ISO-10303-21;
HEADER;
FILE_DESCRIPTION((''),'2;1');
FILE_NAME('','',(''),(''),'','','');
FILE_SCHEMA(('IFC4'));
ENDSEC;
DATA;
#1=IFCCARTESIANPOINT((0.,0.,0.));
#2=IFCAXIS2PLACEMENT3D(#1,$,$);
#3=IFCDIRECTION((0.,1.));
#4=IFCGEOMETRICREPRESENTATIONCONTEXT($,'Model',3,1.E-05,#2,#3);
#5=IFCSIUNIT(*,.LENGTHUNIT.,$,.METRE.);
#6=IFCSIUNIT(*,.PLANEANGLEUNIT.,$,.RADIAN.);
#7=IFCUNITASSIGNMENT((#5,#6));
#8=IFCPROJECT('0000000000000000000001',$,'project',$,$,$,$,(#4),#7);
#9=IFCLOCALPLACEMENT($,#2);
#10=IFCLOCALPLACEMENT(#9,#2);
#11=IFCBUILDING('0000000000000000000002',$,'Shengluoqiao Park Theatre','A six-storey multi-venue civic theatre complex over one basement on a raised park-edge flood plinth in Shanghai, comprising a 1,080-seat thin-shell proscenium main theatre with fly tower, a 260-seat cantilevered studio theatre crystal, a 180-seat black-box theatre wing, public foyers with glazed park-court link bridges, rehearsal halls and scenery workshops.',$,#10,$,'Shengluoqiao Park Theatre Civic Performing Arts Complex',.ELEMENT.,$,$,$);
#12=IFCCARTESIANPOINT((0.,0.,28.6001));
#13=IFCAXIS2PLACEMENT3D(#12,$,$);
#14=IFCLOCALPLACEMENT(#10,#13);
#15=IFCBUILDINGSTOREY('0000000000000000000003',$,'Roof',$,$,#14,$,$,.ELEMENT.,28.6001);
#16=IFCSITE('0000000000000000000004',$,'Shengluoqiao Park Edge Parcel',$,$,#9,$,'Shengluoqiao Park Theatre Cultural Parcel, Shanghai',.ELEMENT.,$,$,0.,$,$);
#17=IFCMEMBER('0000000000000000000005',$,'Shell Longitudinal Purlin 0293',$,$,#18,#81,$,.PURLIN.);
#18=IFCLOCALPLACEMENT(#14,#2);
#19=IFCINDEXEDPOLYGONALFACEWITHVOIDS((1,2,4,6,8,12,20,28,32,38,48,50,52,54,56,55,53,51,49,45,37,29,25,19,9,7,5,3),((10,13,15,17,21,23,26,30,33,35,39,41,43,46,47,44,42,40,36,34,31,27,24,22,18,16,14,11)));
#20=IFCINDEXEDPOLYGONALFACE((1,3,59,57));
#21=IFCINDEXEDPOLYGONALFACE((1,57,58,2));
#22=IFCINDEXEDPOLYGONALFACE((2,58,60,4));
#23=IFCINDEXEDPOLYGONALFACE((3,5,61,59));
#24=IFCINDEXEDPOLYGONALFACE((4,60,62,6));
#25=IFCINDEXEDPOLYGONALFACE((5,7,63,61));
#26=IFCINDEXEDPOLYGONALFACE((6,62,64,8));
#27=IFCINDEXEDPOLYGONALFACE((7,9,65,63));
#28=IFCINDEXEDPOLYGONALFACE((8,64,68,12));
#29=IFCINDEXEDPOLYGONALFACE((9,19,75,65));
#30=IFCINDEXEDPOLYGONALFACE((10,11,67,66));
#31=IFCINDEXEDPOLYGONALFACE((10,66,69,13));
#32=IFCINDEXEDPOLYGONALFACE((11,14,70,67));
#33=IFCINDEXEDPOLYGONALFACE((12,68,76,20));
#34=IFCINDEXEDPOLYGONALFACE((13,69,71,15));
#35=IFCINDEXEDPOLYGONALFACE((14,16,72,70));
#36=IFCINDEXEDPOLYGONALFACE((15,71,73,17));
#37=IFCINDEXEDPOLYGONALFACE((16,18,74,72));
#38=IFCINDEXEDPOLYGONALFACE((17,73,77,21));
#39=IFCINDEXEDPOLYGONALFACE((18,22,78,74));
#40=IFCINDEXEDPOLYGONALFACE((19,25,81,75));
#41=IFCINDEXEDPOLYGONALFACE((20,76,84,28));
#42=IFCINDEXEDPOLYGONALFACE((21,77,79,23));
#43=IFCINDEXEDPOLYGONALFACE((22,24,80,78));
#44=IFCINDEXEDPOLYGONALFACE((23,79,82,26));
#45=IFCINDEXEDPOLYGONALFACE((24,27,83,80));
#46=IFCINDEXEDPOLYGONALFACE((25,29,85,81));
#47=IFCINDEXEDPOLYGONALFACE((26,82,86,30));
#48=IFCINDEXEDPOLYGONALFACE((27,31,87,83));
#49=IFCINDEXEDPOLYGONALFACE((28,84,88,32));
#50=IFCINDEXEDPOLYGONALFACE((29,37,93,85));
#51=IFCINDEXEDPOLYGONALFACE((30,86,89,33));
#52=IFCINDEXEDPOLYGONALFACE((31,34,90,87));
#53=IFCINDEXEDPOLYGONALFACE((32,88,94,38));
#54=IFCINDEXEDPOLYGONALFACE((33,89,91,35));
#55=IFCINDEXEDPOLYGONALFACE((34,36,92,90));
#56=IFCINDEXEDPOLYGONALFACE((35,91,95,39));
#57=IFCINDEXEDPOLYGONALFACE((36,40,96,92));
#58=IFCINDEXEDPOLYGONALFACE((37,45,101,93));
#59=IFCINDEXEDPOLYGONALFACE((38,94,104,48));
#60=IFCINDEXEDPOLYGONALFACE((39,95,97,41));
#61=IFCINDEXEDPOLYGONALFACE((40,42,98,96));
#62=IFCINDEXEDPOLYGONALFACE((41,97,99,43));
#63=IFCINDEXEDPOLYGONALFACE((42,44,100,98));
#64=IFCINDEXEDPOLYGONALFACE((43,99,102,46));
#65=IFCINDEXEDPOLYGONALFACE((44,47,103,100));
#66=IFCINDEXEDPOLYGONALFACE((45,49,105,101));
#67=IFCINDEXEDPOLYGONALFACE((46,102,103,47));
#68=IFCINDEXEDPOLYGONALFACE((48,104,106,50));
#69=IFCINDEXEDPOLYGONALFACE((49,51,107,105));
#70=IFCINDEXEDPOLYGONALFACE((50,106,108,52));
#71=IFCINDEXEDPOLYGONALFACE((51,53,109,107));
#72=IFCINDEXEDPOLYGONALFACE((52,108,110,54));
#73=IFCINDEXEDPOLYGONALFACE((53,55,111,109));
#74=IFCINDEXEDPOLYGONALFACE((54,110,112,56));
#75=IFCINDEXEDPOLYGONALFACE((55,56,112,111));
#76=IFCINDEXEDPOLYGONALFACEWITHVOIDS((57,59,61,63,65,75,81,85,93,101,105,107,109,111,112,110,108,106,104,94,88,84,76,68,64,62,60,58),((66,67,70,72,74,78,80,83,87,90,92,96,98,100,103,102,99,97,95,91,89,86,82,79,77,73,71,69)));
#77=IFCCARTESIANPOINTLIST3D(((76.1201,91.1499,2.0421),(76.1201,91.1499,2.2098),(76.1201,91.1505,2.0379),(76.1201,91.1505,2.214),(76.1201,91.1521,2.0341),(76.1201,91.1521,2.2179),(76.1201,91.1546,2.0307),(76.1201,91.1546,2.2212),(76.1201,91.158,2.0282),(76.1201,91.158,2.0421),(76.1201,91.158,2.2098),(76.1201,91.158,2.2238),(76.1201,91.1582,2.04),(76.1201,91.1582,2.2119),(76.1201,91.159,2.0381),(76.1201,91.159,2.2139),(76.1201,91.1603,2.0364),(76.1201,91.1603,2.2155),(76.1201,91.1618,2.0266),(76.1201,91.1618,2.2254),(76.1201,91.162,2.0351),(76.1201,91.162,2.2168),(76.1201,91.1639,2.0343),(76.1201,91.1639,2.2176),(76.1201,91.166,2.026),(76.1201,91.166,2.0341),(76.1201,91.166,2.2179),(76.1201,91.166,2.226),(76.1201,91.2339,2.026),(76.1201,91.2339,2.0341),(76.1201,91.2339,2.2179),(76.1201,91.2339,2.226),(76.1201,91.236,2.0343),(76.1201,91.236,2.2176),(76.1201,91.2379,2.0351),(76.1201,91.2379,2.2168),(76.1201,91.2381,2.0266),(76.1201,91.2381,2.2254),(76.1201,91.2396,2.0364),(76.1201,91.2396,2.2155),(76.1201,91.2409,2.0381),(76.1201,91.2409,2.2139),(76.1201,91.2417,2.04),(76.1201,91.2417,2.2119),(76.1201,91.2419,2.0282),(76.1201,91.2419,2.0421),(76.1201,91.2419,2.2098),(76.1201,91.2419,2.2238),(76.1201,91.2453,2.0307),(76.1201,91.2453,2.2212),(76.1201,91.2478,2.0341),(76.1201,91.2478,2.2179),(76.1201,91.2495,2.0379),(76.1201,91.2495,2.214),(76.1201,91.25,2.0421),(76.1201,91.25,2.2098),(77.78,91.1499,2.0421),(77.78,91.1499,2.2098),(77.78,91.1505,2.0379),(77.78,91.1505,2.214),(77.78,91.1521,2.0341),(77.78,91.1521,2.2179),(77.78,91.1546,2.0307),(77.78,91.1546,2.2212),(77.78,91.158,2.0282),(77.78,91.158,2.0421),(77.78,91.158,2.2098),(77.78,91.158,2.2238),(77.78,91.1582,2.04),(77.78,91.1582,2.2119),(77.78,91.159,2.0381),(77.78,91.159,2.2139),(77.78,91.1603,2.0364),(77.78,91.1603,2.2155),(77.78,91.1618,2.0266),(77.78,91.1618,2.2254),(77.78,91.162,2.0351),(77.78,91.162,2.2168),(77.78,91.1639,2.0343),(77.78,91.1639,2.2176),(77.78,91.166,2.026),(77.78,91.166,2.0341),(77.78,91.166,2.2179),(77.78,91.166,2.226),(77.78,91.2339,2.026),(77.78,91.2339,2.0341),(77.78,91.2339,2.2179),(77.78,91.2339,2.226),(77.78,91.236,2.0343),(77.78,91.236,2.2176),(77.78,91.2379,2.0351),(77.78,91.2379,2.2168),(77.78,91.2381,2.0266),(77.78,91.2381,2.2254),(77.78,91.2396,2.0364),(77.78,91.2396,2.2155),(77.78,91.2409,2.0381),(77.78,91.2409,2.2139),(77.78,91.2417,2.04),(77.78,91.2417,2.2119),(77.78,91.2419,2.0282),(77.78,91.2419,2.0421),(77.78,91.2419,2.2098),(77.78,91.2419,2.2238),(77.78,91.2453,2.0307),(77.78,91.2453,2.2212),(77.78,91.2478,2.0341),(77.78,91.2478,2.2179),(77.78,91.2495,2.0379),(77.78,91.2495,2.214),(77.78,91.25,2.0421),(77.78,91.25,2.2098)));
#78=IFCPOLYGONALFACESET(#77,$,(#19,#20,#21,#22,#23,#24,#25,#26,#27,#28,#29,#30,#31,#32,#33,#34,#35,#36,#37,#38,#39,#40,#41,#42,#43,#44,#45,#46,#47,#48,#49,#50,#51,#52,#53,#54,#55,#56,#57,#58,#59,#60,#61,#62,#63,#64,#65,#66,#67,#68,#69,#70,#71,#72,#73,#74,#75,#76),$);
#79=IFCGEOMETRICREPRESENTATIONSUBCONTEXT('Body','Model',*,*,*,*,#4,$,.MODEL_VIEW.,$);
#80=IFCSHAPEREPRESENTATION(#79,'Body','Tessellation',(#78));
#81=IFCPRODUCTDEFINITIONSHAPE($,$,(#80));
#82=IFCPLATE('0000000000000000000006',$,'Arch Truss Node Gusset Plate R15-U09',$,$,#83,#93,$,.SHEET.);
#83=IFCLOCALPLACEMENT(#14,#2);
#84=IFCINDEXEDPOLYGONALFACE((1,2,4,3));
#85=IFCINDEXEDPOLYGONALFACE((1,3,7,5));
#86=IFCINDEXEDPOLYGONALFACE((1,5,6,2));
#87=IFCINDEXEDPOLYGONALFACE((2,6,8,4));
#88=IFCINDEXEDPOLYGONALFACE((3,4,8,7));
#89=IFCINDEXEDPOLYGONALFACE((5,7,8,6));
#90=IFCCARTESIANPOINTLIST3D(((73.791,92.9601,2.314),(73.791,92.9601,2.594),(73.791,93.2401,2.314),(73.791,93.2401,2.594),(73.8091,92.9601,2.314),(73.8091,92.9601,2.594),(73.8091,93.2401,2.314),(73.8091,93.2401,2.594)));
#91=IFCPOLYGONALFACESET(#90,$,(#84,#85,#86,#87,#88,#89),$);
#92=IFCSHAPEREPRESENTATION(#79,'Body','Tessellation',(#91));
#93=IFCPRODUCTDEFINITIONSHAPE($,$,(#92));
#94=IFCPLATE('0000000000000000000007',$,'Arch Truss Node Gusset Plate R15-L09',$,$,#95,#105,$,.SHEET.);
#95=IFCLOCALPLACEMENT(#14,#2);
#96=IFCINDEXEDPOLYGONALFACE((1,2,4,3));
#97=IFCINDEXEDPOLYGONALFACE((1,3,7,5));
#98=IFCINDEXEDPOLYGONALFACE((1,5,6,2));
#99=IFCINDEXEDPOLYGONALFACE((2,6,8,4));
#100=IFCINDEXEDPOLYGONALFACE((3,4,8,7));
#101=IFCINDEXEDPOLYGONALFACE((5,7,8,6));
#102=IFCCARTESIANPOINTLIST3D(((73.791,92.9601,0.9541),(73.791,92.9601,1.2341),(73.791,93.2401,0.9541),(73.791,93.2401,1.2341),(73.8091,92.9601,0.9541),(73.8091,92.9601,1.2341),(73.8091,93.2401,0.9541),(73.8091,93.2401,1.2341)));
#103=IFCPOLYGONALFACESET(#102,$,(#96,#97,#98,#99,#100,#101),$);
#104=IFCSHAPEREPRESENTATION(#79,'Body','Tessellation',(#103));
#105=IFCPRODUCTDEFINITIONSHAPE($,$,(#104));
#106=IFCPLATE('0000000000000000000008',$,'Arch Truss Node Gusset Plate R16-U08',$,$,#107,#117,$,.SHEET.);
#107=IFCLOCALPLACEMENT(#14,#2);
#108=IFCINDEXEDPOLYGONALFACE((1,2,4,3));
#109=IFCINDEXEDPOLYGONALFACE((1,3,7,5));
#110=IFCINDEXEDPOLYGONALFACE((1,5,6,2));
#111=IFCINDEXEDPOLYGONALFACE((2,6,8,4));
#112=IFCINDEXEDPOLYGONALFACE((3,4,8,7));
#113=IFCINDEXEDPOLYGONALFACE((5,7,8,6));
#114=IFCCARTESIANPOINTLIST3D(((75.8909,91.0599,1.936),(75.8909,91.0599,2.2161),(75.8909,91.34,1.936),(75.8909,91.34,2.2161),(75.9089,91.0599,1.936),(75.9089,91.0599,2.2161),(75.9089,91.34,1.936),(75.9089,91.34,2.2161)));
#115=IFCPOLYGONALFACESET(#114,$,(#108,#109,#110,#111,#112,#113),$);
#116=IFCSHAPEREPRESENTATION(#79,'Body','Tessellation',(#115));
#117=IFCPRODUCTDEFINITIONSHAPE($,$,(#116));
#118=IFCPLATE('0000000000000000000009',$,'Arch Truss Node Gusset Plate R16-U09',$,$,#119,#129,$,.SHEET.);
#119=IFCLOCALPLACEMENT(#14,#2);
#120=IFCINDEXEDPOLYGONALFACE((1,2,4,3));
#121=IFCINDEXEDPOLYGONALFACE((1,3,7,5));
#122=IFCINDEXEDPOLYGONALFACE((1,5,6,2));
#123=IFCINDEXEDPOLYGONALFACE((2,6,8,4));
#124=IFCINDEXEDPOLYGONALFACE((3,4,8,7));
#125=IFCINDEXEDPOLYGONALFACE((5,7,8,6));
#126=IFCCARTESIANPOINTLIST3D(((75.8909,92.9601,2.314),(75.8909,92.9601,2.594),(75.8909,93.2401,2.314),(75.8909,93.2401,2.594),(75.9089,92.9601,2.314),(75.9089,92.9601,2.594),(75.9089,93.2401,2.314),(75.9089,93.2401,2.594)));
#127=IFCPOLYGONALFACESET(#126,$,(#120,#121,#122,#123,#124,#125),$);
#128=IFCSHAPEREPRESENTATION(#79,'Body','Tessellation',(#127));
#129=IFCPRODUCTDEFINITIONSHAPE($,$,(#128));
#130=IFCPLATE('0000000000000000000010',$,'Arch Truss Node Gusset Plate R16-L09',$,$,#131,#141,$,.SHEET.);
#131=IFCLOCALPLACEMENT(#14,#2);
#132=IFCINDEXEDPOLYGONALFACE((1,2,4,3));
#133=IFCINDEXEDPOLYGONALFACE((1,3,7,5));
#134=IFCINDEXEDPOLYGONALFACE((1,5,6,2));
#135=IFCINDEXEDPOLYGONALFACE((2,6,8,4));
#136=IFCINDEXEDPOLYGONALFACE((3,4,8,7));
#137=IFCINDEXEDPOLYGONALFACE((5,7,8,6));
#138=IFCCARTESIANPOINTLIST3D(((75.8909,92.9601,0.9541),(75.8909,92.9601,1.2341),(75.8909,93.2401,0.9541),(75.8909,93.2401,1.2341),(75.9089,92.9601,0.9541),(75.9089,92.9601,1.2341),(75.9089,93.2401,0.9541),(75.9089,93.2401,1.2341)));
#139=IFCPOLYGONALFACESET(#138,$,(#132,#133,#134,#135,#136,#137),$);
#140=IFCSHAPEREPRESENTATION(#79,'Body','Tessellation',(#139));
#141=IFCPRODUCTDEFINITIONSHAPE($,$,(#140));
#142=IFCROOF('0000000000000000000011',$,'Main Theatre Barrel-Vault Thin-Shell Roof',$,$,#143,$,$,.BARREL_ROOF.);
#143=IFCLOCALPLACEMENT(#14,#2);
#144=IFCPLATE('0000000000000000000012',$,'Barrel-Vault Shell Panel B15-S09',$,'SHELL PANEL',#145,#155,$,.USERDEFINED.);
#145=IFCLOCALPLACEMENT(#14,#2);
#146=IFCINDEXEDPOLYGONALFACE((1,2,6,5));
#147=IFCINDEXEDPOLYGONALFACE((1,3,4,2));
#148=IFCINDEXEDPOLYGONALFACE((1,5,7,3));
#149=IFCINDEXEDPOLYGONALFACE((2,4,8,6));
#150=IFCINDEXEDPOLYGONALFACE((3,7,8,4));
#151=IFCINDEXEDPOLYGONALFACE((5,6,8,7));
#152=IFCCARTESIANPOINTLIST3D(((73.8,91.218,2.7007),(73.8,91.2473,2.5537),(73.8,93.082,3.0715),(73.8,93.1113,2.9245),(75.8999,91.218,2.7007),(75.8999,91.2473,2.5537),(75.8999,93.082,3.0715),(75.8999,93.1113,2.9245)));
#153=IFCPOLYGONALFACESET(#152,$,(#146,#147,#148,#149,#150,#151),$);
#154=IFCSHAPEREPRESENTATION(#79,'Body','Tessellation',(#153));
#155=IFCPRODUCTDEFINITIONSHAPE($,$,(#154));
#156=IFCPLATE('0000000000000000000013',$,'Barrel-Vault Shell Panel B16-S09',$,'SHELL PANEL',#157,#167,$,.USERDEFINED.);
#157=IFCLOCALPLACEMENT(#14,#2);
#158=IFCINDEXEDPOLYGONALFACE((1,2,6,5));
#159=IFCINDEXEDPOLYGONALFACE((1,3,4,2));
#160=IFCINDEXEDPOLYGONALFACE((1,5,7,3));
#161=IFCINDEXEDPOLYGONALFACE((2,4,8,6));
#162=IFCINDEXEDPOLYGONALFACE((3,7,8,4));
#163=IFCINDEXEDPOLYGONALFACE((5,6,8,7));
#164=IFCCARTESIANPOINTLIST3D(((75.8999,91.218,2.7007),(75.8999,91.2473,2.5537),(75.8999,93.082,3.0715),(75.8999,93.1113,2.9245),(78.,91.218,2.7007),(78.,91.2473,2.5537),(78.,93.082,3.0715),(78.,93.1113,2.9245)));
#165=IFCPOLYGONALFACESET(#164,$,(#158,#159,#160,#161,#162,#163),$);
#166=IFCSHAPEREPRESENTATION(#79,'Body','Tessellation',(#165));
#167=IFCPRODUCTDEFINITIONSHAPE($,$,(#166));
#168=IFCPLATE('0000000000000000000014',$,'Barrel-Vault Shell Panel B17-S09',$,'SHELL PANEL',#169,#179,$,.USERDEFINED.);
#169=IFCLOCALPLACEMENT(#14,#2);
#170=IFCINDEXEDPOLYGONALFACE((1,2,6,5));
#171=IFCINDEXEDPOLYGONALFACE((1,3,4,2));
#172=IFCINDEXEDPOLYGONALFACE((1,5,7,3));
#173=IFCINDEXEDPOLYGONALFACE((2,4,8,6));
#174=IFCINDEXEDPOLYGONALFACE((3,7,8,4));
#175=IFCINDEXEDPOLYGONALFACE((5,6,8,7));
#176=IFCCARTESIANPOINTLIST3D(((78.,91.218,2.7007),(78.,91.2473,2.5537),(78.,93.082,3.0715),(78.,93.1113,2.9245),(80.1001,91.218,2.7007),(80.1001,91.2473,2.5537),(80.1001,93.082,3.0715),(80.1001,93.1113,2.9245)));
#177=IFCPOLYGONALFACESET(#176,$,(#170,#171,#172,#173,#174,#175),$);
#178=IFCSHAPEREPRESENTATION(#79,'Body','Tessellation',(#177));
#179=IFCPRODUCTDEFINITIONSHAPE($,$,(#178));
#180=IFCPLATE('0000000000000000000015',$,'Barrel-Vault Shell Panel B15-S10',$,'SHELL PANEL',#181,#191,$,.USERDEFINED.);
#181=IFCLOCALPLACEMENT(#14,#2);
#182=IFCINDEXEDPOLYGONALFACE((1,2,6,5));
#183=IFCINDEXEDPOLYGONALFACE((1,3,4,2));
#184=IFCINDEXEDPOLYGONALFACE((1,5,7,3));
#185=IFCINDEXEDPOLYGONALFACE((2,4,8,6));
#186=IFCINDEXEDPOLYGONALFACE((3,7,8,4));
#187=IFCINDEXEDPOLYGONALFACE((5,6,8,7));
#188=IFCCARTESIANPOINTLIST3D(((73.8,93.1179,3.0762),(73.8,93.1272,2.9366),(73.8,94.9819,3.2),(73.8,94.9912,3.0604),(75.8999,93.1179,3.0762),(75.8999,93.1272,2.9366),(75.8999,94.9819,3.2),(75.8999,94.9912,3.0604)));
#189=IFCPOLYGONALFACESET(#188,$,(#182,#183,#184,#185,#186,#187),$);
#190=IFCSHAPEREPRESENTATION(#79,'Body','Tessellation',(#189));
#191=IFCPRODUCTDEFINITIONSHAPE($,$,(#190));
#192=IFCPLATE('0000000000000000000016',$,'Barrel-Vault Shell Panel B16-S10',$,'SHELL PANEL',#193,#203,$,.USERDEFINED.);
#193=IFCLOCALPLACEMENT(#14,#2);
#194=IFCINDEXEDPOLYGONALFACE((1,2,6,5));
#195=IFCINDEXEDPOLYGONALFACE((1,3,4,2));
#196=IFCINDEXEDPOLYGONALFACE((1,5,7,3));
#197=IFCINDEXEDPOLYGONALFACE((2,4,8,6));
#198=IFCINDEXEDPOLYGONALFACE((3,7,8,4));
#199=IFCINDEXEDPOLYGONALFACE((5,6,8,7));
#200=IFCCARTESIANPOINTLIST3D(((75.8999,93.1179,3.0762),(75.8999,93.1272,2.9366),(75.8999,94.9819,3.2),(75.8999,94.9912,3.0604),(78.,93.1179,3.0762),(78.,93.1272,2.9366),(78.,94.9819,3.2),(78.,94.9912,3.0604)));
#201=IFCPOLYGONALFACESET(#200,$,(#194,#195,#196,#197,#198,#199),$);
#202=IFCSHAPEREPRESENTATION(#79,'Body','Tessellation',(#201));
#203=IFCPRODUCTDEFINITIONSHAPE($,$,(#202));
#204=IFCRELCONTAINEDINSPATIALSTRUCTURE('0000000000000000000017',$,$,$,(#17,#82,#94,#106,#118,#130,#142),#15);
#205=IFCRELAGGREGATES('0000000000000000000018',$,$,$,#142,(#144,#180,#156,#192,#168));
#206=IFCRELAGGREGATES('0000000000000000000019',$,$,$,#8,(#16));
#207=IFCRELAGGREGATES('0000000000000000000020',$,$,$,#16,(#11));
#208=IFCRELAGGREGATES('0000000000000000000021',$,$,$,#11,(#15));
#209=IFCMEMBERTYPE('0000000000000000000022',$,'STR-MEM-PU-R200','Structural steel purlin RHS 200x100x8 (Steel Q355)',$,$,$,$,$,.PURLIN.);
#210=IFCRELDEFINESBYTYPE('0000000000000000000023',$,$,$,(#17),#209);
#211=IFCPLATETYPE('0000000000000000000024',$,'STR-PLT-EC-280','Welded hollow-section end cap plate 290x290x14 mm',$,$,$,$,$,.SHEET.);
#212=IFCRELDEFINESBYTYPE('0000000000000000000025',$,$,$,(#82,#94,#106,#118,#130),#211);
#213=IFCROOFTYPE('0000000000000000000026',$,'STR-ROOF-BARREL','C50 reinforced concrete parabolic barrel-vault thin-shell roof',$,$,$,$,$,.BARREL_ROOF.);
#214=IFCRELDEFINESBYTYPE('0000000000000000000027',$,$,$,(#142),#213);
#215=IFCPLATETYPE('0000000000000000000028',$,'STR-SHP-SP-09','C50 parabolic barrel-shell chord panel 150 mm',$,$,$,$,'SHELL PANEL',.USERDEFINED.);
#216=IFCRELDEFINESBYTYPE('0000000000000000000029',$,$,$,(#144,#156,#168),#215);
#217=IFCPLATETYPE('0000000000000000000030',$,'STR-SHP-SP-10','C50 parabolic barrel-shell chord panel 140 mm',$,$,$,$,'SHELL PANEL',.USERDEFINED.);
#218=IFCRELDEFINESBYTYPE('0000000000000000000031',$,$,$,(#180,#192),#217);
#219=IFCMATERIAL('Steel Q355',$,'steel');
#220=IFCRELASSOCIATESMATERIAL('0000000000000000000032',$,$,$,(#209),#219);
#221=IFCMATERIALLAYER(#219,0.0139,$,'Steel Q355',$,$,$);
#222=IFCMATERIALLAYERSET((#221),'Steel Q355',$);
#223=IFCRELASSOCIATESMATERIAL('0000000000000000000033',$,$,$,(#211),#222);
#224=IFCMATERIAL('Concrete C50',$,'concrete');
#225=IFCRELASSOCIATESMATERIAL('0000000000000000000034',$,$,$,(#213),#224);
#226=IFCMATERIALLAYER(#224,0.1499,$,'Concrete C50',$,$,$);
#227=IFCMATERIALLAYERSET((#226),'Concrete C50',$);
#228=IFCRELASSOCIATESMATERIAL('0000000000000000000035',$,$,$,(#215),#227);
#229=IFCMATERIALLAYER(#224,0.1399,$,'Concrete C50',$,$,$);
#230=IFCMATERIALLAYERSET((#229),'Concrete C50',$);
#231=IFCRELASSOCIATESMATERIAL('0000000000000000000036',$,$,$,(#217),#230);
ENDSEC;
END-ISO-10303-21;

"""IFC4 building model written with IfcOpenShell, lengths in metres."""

from ifc_helpers import new_model, si_unit, direction, frame, origin, origin_2d, place, context, subcontext, project, spatial, polyline, rectangle, hollow_rectangle, outline, extrude, material, layer, layer_set, material_profile, profile_set, type_object, element, aggregate, save


model = new_model("IFC4")

# Units and contexts
model_context = context("Model", 3, precision=1e-05, world=origin(), true_north=direction((0.0, 1.0)))
body_context = subcontext(model_context, "Body", "Model", "MODEL_VIEW")
ifc_project = project(units=[si_unit("LENGTHUNIT", "METRE"), si_unit("PLANEANGLEUNIT", "RADIAN")], contexts=[model_context])

# Site, building, storey
site_placement = place(None, origin())
site = spatial("IfcSite", under=ifc_project, at=site_placement, Name="Shengluoqiao Park Edge Parcel", LongName="Shengluoqiao Park Theatre Cultural Parcel, Shanghai", CompositionType="ELEMENT", RefElevation=0.0)
building_placement = place(site_placement, origin())
building = spatial("IfcBuilding", under=site, at=building_placement, Name="Shengluoqiao Park Theatre", Description="A six-storey multi-venue civic theatre complex over one basement on a raised park-edge flood plinth in Shanghai, comprising a 1,080-seat thin-shell proscenium main theatre with fly tower, a 260-seat cantilevered studio theatre crystal, a 180-seat black-box theatre wing, public foyers with glazed park-court link bridges, rehearsal halls and scenery workshops.", LongName="Shengluoqiao Park Theatre Civic Performing Arts Complex", CompositionType="ELEMENT")
storey_placement = place(building_placement, frame((0.0, 0.0, 28.6001)))
storey = spatial("IfcBuildingStorey", under=building, at=storey_placement, Name="Roof", CompositionType="ELEMENT", Elevation=28.6001)

# Shared definitions
ifc_material_1 = material(Name="Concrete C50", Category="concrete")
ifc_material_2 = material(Name="Steel Q355", Category="steel")

# Member
ifc_material_profile_1 = material_profile(ifc_material_2, hollow_rectangle(XDim=0.1001, YDim=0.2, WallThickness=0.0081, InnerFilletRadius=0.0081, OuterFilletRadius=0.0161, at=origin_2d()), Name="RHS 200x100x8")
ifc_profile_set_1 = profile_set([ifc_material_profile_1], Name="Steel Q355")
member_type_1 = type_object("IfcMemberType", Name="STR-MEM-PU-R200", Description="Structural steel purlin RHS 200x100x8 (Steel Q355)", PredefinedType="PURLIN", material=ifc_profile_set_1)
member_1_placement = place(storey_placement, frame((76.1201, 91.2, 2.126), z_axis=(1.0, 0.0, 0.0), x_axis=(0.0, 1.0, 0.0)))
element("IfcMember", 1, at=member_1_placement, inside=storey, type_object=member_type_1, Name="Shell Longitudinal Purlin 0293", PredefinedType="PURLIN", context=body_context, shape_type="SweptSolid", body=[
    extrude(hollow_rectangle(XDim=0.1001, YDim=0.2, WallThickness=0.0081, InnerFilletRadius=0.0081, OuterFilletRadius=0.0161, at=origin_2d()), origin(), (0.0, 0.0, 1.0), 1.6599),
])

# Plates
ifc_layer_1 = layer(ifc_material_2, 0.0139, Name="Steel Q355")
ifc_layer_set_1 = layer_set([ifc_layer_1], Name="Steel Q355")
plate_type_1 = type_object("IfcPlateType", Name="STR-PLT-EC-280", Description="Welded hollow-section end cap plate 290x290x14 mm", PredefinedType="SHEET", material=ifc_layer_set_1)
for number, where, z_axis, x_axis, name in (
    (2, (73.8, 93.1001, 2.314), (0.0, 0.0, 1.0), (1.0, 0.0, 0.0), "Arch Truss Node Gusset Plate R15-U09"),
    (3, (73.8, 93.1001, 0.9541), (0.0, 0.0, 1.0), (1.0, 0.0, 0.0), "Arch Truss Node Gusset Plate R15-L09"),
    (4, (75.8999, 91.2, 1.936), (0.0, 0.0, 1.0), (1.0, 0.0, 0.0), "Arch Truss Node Gusset Plate R16-U08"),
    (5, (75.8999, 93.1001, 2.314), (0.0, 0.0, 1.0), (1.0, 0.0, 0.0), "Arch Truss Node Gusset Plate R16-U09"),
    (6, (75.8999, 93.1001, 0.9541), (0.0, 0.0, 1.0), (1.0, 0.0, 0.0), "Arch Truss Node Gusset Plate R16-L09"),
):
    element("IfcPlate", number, at=place(storey_placement, frame(where, z_axis=z_axis, x_axis=x_axis)), inside=storey, type_object=plate_type_1, Name=name, PredefinedType="SHEET", context=body_context, shape_type="SweptSolid", body=[
        extrude(rectangle(XDim=0.0181, YDim=0.28, at=origin_2d()), origin(), (0.0, 0.0, 1.0), 0.28),
    ])

# Roof, plates
roof_type = type_object("IfcRoofType", Name="STR-ROOF-BARREL", Description="C50 reinforced concrete parabolic barrel-vault thin-shell roof", PredefinedType="BARREL_ROOF", material=ifc_material_1)
roof_placement = place(storey_placement, origin())
roof = element("IfcRoof", 7, at=roof_placement, inside=storey, type_object=roof_type, Name="Main Theatre Barrel-Vault Thin-Shell Roof", PredefinedType="BARREL_ROOF")
ifc_layer_2 = layer(ifc_material_1, 0.1499, Name="Concrete C50")
ifc_layer_set_2 = layer_set([ifc_layer_2], Name="Concrete C50")
plate_type_2 = type_object("IfcPlateType", Name="STR-SHP-SP-09", Description="C50 parabolic barrel-shell chord panel 150 mm", ElementType="SHELL PANEL", PredefinedType="USERDEFINED", material=ifc_layer_set_2)
plate_1_placement = place(storey_placement, frame((73.8, 91.218, 2.7007), z_axis=(0.0, -0.195128, 0.980778), x_axis=(1.0, 0.0, 0.0)))
plate_1 = element("IfcPlate", 8, at=plate_1_placement, type_object=plate_type_2, Name="Barrel-Vault Shell Panel B15-S09", ObjectType="SHELL PANEL", PredefinedType="USERDEFINED", context=body_context, shape_type="SweptSolid", body=[
    extrude(outline(polyline([(0.0, 0.0), (2.0999, 0.0), (2.0999, 1.9005), (0.0, 1.9005), (0.0, 0.0)])), origin(), (0.0, 0.0, -1.0), 0.1499),
])
plate_2_placement = place(storey_placement, frame((75.8999, 91.218, 2.7007), z_axis=(0.0, -0.195128, 0.980778), x_axis=(1.0, 0.0, 0.0)))
plate_2 = element("IfcPlate", 9, at=plate_2_placement, type_object=plate_type_2, Name="Barrel-Vault Shell Panel B16-S09", ObjectType="SHELL PANEL", PredefinedType="USERDEFINED", context=body_context, shape_type="SweptSolid", body=[
    extrude(outline(polyline([(0.0, 0.0), (2.1001, 0.0), (2.1001, 1.9005), (0.0, 1.9005), (0.0, 0.0)])), origin(), (0.0, 0.0, -1.0), 0.1499),
])
plate_3_placement = place(storey_placement, frame((78.0, 91.218, 2.7007), z_axis=(0.0, -0.195128, 0.980778), x_axis=(1.0, 0.0, 0.0)))
plate_3 = element("IfcPlate", 10, at=plate_3_placement, type_object=plate_type_2, Name="Barrel-Vault Shell Panel B17-S09", ObjectType="SHELL PANEL", PredefinedType="USERDEFINED", context=body_context, shape_type="SweptSolid", body=[
    extrude(outline(polyline([(0.0, 0.0), (2.1001, 0.0), (2.1001, 1.9005), (0.0, 1.9005), (0.0, 0.0)])), origin(), (0.0, 0.0, -1.0), 0.1499),
])
ifc_layer_3 = layer(ifc_material_1, 0.1399, Name="Concrete C50")
ifc_layer_set_3 = layer_set([ifc_layer_3], Name="Concrete C50")
plate_type_3 = type_object("IfcPlateType", Name="STR-SHP-SP-10", Description="C50 parabolic barrel-shell chord panel 140 mm", ElementType="SHELL PANEL", PredefinedType="USERDEFINED", material=ifc_layer_set_3)
plate_4_placement = place(storey_placement, frame((73.8, 93.1179, 3.0762), z_axis=(0.0, -0.066259, 0.997802), x_axis=(1.0, 0.0, 0.0)))
plate_4 = element("IfcPlate", 11, at=plate_4_placement, type_object=plate_type_3, Name="Barrel-Vault Shell Panel B15-S10", ObjectType="SHELL PANEL", PredefinedType="USERDEFINED", context=body_context, shape_type="SweptSolid", body=[
    extrude(outline(polyline([(0.0, 0.0), (2.0999, 0.0), (2.0999, 1.8681), (0.0, 1.8681), (0.0, 0.0)])), origin(), (0.0, 0.0, -1.0), 0.1399),
])
plate_5_placement = place(storey_placement, frame((75.8999, 93.1179, 3.0762), z_axis=(0.0, -0.066259, 0.997802), x_axis=(1.0, 0.0, 0.0)))
plate_5 = element("IfcPlate", 12, at=plate_5_placement, type_object=plate_type_3, Name="Barrel-Vault Shell Panel B16-S10", ObjectType="SHELL PANEL", PredefinedType="USERDEFINED", context=body_context, shape_type="SweptSolid", body=[
    extrude(outline(polyline([(0.0, 0.0), (2.1001, 0.0), (2.1001, 1.8681), (0.0, 1.8681), (0.0, 0.0)])), origin(), (0.0, 0.0, -1.0), 0.1399),
])
aggregate(roof, [plate_1, plate_4, plate_2, plate_5, plate_3])

save(model, "model.ifc")
